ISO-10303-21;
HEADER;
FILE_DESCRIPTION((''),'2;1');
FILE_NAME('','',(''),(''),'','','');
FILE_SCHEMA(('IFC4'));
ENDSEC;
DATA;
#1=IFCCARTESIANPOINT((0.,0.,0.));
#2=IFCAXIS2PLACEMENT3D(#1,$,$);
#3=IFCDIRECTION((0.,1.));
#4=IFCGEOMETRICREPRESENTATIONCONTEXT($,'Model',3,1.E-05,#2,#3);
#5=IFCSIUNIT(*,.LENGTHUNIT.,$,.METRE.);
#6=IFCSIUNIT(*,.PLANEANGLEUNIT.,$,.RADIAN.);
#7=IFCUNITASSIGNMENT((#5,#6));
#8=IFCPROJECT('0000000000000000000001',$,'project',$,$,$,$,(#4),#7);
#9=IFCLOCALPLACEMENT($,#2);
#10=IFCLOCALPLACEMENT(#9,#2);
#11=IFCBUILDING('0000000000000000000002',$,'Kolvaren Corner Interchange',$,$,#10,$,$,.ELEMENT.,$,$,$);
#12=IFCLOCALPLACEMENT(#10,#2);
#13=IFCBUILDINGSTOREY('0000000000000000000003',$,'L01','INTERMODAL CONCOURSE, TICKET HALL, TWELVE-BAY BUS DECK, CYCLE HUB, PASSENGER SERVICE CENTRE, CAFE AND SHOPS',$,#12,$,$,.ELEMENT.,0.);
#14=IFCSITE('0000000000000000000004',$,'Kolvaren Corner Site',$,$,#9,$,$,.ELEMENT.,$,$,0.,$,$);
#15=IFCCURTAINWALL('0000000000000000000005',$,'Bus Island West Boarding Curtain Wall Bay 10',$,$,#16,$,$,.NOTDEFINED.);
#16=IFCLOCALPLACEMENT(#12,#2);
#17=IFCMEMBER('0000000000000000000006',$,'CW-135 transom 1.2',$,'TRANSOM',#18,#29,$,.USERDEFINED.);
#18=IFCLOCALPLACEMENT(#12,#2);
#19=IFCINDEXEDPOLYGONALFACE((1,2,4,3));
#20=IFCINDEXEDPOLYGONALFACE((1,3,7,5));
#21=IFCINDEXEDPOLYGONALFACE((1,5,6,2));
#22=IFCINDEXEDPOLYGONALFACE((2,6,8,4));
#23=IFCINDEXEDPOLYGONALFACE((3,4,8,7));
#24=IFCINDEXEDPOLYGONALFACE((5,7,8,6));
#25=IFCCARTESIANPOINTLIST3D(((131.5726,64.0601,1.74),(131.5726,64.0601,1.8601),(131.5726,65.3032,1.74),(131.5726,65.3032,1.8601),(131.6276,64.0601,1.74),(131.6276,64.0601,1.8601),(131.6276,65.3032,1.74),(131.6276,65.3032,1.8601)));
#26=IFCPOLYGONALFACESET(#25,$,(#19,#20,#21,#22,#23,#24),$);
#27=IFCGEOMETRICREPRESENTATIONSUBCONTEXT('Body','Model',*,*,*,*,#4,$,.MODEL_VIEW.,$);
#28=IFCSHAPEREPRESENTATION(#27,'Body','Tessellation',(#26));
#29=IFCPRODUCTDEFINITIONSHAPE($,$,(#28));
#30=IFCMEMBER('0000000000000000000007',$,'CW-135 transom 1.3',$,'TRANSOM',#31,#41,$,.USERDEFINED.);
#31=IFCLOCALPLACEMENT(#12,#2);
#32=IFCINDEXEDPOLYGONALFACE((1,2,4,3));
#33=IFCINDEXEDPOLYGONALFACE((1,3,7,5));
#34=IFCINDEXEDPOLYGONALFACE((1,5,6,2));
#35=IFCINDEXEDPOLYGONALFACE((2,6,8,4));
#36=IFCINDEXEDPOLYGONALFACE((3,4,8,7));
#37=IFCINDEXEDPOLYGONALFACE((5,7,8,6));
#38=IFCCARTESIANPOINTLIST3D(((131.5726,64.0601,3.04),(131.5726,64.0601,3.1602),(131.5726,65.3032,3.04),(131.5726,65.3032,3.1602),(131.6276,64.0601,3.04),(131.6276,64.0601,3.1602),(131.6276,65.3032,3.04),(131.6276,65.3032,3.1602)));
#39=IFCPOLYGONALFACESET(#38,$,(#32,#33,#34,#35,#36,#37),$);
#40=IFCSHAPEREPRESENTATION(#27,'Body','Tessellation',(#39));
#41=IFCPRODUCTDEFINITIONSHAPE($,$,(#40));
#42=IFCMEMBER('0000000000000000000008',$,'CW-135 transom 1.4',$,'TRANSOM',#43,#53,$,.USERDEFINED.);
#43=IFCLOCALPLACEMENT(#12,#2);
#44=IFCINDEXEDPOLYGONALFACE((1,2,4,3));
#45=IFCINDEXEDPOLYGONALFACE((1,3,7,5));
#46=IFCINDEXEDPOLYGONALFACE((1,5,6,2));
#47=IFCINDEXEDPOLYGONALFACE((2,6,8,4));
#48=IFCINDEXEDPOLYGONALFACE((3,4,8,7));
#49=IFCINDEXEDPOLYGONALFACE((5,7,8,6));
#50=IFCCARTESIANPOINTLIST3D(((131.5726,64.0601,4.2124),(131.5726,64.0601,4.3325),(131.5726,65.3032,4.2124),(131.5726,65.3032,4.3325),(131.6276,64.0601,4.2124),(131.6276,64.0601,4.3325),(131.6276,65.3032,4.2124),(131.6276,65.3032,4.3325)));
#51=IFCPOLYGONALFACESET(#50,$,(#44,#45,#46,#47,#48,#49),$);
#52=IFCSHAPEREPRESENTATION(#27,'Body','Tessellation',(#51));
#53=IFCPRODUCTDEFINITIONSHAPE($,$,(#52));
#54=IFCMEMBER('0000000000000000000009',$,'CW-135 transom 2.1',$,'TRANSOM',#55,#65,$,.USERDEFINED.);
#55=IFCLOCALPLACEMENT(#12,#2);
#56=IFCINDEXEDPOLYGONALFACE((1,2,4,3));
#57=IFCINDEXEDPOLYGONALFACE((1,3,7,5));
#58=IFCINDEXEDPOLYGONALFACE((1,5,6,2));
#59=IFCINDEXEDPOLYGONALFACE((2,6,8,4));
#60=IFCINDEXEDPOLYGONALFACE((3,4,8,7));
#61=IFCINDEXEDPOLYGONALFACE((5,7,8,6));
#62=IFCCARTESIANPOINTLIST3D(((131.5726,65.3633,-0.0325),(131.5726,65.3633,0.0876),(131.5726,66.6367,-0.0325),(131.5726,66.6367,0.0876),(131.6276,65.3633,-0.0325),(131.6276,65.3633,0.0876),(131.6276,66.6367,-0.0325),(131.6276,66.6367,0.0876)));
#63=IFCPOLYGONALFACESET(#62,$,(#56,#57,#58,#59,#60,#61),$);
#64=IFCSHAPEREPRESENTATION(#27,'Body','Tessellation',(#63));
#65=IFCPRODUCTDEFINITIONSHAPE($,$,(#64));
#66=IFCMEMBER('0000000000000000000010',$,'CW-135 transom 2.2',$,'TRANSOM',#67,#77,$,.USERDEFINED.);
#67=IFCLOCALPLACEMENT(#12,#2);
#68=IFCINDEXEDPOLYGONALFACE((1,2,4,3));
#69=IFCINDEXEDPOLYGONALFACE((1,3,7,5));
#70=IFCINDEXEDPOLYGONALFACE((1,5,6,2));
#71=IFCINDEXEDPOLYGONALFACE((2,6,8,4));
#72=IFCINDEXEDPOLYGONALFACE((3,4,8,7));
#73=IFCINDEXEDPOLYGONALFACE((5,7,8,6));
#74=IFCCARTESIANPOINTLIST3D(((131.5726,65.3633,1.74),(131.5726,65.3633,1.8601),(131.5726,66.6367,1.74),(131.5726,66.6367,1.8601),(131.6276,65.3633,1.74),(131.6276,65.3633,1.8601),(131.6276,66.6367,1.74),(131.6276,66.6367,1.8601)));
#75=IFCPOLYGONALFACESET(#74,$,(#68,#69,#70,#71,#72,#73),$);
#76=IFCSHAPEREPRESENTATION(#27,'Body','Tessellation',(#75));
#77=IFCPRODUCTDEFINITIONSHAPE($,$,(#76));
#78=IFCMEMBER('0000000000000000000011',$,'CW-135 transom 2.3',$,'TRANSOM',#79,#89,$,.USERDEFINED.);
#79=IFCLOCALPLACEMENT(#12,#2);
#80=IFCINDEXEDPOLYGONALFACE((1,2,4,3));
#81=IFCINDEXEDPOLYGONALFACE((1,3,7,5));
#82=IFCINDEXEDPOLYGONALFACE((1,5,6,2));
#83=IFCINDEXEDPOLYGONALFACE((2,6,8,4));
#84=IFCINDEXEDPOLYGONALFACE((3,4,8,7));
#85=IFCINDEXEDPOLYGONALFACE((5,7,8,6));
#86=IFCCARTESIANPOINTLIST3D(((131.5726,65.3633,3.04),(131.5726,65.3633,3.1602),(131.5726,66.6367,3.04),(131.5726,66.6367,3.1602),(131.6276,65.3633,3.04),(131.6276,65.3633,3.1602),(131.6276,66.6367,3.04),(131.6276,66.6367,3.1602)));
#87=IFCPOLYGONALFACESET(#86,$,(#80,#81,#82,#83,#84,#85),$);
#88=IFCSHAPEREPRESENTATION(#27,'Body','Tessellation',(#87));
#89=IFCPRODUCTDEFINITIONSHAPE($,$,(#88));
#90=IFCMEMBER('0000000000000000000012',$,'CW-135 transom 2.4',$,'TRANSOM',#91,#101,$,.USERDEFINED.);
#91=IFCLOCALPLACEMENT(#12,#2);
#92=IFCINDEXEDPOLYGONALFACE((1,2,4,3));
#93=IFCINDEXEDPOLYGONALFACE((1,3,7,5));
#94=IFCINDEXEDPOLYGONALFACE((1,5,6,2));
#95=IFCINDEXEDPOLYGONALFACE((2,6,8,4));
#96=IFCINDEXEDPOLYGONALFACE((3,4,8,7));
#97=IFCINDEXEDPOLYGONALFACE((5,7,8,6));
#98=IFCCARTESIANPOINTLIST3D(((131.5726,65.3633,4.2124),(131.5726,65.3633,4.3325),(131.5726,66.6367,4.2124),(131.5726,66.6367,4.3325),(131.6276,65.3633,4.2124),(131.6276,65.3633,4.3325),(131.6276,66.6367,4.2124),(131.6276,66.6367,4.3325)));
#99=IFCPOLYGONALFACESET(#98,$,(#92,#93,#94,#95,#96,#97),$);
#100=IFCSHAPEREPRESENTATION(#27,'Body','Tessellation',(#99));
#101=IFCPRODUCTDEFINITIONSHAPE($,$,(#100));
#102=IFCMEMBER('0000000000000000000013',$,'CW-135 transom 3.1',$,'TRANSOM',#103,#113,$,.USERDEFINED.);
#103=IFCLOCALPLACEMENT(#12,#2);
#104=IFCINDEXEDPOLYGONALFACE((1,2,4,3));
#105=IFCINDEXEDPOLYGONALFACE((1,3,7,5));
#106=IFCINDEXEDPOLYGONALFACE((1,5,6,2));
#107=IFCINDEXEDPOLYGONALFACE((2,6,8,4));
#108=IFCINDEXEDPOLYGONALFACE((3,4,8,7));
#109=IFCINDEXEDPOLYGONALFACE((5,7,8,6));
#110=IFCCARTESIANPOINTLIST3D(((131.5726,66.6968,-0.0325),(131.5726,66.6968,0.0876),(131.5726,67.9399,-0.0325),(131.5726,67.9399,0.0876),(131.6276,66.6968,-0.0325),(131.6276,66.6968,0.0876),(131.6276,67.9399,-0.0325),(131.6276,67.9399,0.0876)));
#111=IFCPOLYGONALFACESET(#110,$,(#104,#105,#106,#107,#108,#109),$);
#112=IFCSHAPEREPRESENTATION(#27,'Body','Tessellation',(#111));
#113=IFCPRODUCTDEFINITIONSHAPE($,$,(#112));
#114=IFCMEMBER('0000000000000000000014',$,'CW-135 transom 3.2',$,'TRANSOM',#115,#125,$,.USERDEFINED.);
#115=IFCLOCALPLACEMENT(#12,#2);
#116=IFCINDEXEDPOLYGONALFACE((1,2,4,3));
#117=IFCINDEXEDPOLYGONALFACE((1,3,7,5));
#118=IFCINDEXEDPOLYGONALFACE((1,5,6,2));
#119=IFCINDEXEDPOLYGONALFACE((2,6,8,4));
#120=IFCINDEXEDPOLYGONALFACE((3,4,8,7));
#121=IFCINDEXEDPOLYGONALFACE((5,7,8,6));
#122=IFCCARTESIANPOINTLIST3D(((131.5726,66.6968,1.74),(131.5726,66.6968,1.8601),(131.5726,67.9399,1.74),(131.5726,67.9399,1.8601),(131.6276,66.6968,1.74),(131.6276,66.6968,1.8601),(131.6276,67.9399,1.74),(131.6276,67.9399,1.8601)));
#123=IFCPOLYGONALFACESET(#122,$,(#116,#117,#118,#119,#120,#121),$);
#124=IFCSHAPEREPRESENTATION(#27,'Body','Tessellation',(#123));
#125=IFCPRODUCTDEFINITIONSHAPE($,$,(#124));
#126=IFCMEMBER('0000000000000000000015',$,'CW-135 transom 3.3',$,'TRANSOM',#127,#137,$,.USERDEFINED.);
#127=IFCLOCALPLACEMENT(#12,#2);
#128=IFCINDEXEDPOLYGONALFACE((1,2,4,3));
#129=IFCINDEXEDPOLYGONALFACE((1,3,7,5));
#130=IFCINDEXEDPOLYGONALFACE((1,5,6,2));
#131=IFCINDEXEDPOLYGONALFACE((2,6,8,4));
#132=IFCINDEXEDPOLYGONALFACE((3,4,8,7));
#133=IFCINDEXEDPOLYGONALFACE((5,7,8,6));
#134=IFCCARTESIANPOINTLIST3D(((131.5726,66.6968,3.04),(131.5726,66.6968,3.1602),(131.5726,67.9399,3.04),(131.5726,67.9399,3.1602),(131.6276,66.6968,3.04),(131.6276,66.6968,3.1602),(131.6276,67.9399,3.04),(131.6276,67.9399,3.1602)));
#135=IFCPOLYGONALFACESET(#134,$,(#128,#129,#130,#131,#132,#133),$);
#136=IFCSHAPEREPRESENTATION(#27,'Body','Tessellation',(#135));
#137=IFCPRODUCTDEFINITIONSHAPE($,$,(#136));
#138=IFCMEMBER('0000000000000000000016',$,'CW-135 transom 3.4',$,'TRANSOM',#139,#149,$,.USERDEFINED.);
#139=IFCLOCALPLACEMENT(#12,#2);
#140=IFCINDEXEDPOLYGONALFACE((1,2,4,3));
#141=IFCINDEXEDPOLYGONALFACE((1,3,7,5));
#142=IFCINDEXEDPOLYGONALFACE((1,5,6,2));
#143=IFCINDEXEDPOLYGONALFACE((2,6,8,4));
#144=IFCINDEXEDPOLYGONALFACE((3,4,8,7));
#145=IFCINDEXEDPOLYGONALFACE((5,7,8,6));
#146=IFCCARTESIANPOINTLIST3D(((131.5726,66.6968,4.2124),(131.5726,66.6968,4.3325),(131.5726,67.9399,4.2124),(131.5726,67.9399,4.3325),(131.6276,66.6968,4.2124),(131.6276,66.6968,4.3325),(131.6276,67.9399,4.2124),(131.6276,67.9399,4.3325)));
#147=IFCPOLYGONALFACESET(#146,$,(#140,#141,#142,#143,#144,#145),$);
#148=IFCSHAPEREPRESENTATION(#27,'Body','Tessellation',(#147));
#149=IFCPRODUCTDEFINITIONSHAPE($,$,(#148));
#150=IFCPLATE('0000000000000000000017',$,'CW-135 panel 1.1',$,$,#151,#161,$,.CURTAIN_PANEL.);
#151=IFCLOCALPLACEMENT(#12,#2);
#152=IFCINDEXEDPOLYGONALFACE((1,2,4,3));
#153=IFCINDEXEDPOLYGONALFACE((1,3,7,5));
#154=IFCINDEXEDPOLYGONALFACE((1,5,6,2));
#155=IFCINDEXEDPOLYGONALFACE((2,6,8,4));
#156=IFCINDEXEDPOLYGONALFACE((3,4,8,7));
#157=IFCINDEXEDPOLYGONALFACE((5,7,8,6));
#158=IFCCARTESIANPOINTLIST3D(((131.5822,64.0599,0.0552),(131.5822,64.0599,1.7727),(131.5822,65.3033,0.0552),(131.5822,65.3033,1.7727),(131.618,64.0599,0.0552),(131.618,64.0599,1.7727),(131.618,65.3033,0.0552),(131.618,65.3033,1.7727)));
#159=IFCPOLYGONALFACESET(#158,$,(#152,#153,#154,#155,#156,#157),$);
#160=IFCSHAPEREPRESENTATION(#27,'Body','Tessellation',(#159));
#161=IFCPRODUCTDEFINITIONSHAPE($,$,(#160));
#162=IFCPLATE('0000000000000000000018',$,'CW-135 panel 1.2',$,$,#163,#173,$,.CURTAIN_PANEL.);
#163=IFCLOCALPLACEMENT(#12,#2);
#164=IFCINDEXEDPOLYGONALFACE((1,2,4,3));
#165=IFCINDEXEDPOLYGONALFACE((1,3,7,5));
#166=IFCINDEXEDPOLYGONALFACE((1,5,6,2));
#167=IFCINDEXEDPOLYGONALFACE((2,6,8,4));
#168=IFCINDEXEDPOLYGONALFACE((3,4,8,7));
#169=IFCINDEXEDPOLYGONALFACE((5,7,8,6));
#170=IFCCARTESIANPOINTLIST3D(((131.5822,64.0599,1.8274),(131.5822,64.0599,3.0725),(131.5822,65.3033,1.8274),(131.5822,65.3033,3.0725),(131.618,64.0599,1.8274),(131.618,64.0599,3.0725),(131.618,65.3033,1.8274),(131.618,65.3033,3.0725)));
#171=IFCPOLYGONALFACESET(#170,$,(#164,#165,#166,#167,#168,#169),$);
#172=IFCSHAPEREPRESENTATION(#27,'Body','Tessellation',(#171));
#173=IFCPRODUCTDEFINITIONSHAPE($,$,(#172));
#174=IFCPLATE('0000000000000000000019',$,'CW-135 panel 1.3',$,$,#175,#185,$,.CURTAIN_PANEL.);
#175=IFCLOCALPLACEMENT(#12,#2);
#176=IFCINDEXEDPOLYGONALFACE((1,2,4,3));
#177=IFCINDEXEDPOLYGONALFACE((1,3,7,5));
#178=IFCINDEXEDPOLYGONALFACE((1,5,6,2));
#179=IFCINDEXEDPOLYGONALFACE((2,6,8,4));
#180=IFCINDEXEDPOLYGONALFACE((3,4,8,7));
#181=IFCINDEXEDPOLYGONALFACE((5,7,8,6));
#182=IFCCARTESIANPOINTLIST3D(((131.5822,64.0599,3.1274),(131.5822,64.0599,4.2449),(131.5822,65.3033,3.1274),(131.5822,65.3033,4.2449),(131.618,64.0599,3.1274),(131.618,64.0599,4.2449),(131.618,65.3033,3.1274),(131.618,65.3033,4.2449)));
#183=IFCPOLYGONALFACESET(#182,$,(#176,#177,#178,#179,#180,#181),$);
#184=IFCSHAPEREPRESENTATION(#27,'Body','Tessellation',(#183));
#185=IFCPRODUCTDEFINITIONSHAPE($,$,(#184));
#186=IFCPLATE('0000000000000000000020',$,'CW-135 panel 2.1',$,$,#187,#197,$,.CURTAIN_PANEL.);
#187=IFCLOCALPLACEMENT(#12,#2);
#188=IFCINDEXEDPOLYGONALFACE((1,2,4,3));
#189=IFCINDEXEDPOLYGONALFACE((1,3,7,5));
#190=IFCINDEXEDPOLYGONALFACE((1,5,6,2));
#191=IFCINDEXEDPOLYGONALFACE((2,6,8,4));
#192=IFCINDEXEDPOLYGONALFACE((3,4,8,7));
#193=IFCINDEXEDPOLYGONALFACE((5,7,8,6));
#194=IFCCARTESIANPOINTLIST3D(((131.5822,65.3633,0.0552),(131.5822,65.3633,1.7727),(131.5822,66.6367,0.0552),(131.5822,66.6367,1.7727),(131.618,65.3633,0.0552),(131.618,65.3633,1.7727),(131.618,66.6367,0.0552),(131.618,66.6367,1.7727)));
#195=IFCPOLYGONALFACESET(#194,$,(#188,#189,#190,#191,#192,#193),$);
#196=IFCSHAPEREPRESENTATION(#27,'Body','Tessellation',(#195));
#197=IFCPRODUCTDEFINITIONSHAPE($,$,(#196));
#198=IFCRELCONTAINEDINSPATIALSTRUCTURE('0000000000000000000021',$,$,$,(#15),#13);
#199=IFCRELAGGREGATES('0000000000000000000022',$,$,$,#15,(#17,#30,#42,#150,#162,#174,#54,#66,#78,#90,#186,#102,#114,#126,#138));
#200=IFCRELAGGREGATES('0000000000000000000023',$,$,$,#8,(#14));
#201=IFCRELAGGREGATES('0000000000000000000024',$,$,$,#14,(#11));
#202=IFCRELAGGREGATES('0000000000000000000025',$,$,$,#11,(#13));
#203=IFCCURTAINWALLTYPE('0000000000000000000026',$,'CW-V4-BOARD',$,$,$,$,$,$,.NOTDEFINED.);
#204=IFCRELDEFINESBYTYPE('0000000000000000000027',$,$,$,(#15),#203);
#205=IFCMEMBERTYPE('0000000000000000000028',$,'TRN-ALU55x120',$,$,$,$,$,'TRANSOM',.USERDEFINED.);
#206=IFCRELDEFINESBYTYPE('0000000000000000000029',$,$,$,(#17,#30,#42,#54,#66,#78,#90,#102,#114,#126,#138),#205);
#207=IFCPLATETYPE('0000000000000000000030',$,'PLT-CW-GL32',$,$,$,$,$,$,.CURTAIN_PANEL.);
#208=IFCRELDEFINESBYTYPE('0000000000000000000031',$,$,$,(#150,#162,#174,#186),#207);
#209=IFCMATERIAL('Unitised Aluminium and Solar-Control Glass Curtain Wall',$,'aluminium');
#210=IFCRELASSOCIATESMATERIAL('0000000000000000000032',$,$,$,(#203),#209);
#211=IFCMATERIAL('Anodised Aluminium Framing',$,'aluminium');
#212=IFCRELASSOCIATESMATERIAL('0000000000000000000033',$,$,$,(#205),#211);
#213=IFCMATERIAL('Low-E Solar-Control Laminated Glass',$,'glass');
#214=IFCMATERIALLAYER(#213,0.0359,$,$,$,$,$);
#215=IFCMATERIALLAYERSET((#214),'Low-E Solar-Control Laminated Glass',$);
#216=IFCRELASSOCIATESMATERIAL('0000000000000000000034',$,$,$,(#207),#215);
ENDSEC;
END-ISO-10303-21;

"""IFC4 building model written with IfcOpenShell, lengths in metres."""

from ifc_helpers import new_model, si_unit, direction, frame, origin, origin_2d, place, context, subcontext, project, spatial, rectangle, extrude, material, layer, layer_set, material_profile, profile_set, type_object, element, aggregate, save


model = new_model("IFC4")

# Units and contexts
model_context = context("Model", 3, precision=1e-05, world=origin(), true_north=direction((0.0, 1.0)))
body_context = subcontext(model_context, "Body", "Model", "MODEL_VIEW")
ifc_project = project(units=[si_unit("LENGTHUNIT", "METRE"), si_unit("PLANEANGLEUNIT", "RADIAN")], contexts=[model_context])

# Site, building, storey
site_placement = place(None, origin())
site = spatial("IfcSite", under=ifc_project, at=site_placement, Name="Kolvaren Corner Site", CompositionType="ELEMENT", RefElevation=0.0)
building_placement = place(site_placement, origin())
building = spatial("IfcBuilding", under=site, at=building_placement, Name="Kolvaren Corner Interchange", CompositionType="ELEMENT")
storey_placement = place(building_placement, origin())
storey = spatial("IfcBuildingStorey", under=building, at=storey_placement, Name="L01", Description="INTERMODAL CONCOURSE, TICKET HALL, TWELVE-BAY BUS DECK, CYCLE HUB, PASSENGER SERVICE CENTRE, CAFE AND SHOPS", CompositionType="ELEMENT", Elevation=0.0)

# Curtain wall, members, plates
ifc_material_1 = material(Name="Unitised Aluminium and Solar-Control Glass Curtain Wall", Category="aluminium")
curtain_wall_type = type_object("IfcCurtainWallType", Name="CW-V4-BOARD", PredefinedType="NOTDEFINED", material=ifc_material_1)
curtain_wall_placement = place(storey_placement, origin())
curtain_wall = element("IfcCurtainWall", 1, at=curtain_wall_placement, inside=storey, type_object=curtain_wall_type, Name="Bus Island West Boarding Curtain Wall Bay 10", PredefinedType="NOTDEFINED")
ifc_material_2 = material(Name="Anodised Aluminium Framing", Category="aluminium")
ifc_material_profile_1 = material_profile(ifc_material_2, rectangle(XDim=0.0549, YDim=0.1201, at=origin_2d()), Name="ALU 55x120")
ifc_profile_set_1 = profile_set([ifc_material_profile_1], Name="Anodised Aluminium Framing")
member_type_1 = type_object("IfcMemberType", Name="TRN-ALU55x120", ElementType="TRANSOM", PredefinedType="USERDEFINED", material=ifc_profile_set_1)
member_1_placement = place(storey_placement, frame((131.6001, 64.0601, 1.8), z_axis=(0.0, 1.0, 0.0), x_axis=(-1.0, 0.0, 0.0)))
member_1 = element("IfcMember", 2, at=member_1_placement, type_object=member_type_1, Name="CW-135 transom 1.2", ObjectType="TRANSOM", PredefinedType="USERDEFINED", context=body_context, shape_type="SweptSolid", body=[
    extrude(rectangle(XDim=0.0549, YDim=0.1201, at=origin_2d()), origin(), (0.0, 0.0, 1.0), 1.2432),
])
member_2_placement = place(storey_placement, frame((131.6001, 64.0601, 3.1001), z_axis=(0.0, 1.0, 0.0), x_axis=(-1.0, 0.0, 0.0)))
member_2 = element("IfcMember", 3, at=member_2_placement, type_object=member_type_1, Name="CW-135 transom 1.3", ObjectType="TRANSOM", PredefinedType="USERDEFINED", context=body_context, shape_type="SweptSolid", body=[
    extrude(rectangle(XDim=0.0549, YDim=0.1201, at=origin_2d()), origin(), (0.0, 0.0, 1.0), 1.2432),
])
member_3_placement = place(storey_placement, frame((131.6001, 64.0601, 4.2725), z_axis=(0.0, 1.0, 0.0), x_axis=(-1.0, 0.0, 0.0)))
member_3 = element("IfcMember", 4, at=member_3_placement, type_object=member_type_1, Name="CW-135 transom 1.4", ObjectType="TRANSOM", PredefinedType="USERDEFINED", context=body_context, shape_type="SweptSolid", body=[
    extrude(rectangle(XDim=0.0549, YDim=0.1201, at=origin_2d()), origin(), (0.0, 0.0, 1.0), 1.2432),
])
member_4_placement = place(storey_placement, frame((131.6001, 65.3633, 0.0276), z_axis=(0.0, 1.0, 0.0), x_axis=(-1.0, 0.0, 0.0)))
member_4 = element("IfcMember", 5, at=member_4_placement, type_object=member_type_1, Name="CW-135 transom 2.1", ObjectType="TRANSOM", PredefinedType="USERDEFINED", context=body_context, shape_type="SweptSolid", body=[
    extrude(rectangle(XDim=0.0549, YDim=0.1201, at=origin_2d()), origin(), (0.0, 0.0, 1.0), 1.2734),
])
member_5_placement = place(storey_placement, frame((131.6001, 65.3633, 1.8), z_axis=(0.0, 1.0, 0.0), x_axis=(-1.0, 0.0, 0.0)))
member_5 = element("IfcMember", 6, at=member_5_placement, type_object=member_type_1, Name="CW-135 transom 2.2", ObjectType="TRANSOM", PredefinedType="USERDEFINED", context=body_context, shape_type="SweptSolid", body=[
    extrude(rectangle(XDim=0.0549, YDim=0.1201, at=origin_2d()), origin(), (0.0, 0.0, 1.0), 1.2734),
])
member_6_placement = place(storey_placement, frame((131.6001, 65.3633, 3.1001), z_axis=(0.0, 1.0, 0.0), x_axis=(-1.0, 0.0, 0.0)))
member_6 = element("IfcMember", 7, at=member_6_placement, type_object=member_type_1, Name="CW-135 transom 2.3", ObjectType="TRANSOM", PredefinedType="USERDEFINED", context=body_context, shape_type="SweptSolid", body=[
    extrude(rectangle(XDim=0.0549, YDim=0.1201, at=origin_2d()), origin(), (0.0, 0.0, 1.0), 1.2734),
])
member_7_placement = place(storey_placement, frame((131.6001, 65.3633, 4.2725), z_axis=(0.0, 1.0, 0.0), x_axis=(-1.0, 0.0, 0.0)))
member_7 = element("IfcMember", 8, at=member_7_placement, type_object=member_type_1, Name="CW-135 transom 2.4", ObjectType="TRANSOM", PredefinedType="USERDEFINED", context=body_context, shape_type="SweptSolid", body=[
    extrude(rectangle(XDim=0.0549, YDim=0.1201, at=origin_2d()), origin(), (0.0, 0.0, 1.0), 1.2734),
])
member_8_placement = place(storey_placement, frame((131.6001, 66.6968, 0.0276), z_axis=(0.0, 1.0, 0.0), x_axis=(-1.0, 0.0, 0.0)))
member_8 = element("IfcMember", 9, at=member_8_placement, type_object=member_type_1, Name="CW-135 transom 3.1", ObjectType="TRANSOM", PredefinedType="USERDEFINED", context=body_context, shape_type="SweptSolid", body=[
    extrude(rectangle(XDim=0.0549, YDim=0.1201, at=origin_2d()), origin(), (0.0, 0.0, 1.0), 1.2432),
])
member_9_placement = place(storey_placement, frame((131.6001, 66.6968, 1.8), z_axis=(0.0, 1.0, 0.0), x_axis=(-1.0, 0.0, 0.0)))
member_9 = element("IfcMember", 10, at=member_9_placement, type_object=member_type_1, Name="CW-135 transom 3.2", ObjectType="TRANSOM", PredefinedType="USERDEFINED", context=body_context, shape_type="SweptSolid", body=[
    extrude(rectangle(XDim=0.0549, YDim=0.1201, at=origin_2d()), origin(), (0.0, 0.0, 1.0), 1.2432),
])
member_10_placement = place(storey_placement, frame((131.6001, 66.6968, 3.1001), z_axis=(0.0, 1.0, 0.0), x_axis=(-1.0, 0.0, 0.0)))
member_10 = element("IfcMember", 11, at=member_10_placement, type_object=member_type_1, Name="CW-135 transom 3.3", ObjectType="TRANSOM", PredefinedType="USERDEFINED", context=body_context, shape_type="SweptSolid", body=[
    extrude(rectangle(XDim=0.0549, YDim=0.1201, at=origin_2d()), origin(), (0.0, 0.0, 1.0), 1.2432),
])
member_11_placement = place(storey_placement, frame((131.6001, 66.6968, 4.2725), z_axis=(0.0, 1.0, 0.0), x_axis=(-1.0, 0.0, 0.0)))
member_11 = element("IfcMember", 12, at=member_11_placement, type_object=member_type_1, Name="CW-135 transom 3.4", ObjectType="TRANSOM", PredefinedType="USERDEFINED", context=body_context, shape_type="SweptSolid", body=[
    extrude(rectangle(XDim=0.0549, YDim=0.1201, at=origin_2d()), origin(), (0.0, 0.0, 1.0), 1.2432),
])
ifc_material_3 = material(Name="Low-E Solar-Control Laminated Glass", Category="glass")
ifc_layer_1 = layer(ifc_material_3, 0.0359)
ifc_layer_set_1 = layer_set([ifc_layer_1], Name="Low-E Solar-Control Laminated Glass")
plate_type = type_object("IfcPlateType", Name="PLT-CW-GL32", PredefinedType="CURTAIN_PANEL", material=ifc_layer_set_1)
plate_1_placement = place(storey_placement, frame((131.6001, 64.6816, 0.0552), z_axis=(0.0, 0.0, 1.0), x_axis=(0.0, 1.0, 0.0)))
plate_1 = element("IfcPlate", 13, at=plate_1_placement, type_object=plate_type, Name="CW-135 panel 1.1", PredefinedType="CURTAIN_PANEL", context=body_context, shape_type="SweptSolid", body=[
    extrude(rectangle(XDim=1.2434, YDim=0.0359, at=origin_2d()), origin(), (0.0, 0.0, 1.0), 1.7175),
])
plate_2_placement = place(storey_placement, frame((131.6001, 64.6816, 1.8274), z_axis=(0.0, 0.0, 1.0), x_axis=(0.0, 1.0, 0.0)))
plate_2 = element("IfcPlate", 14, at=plate_2_placement, type_object=plate_type, Name="CW-135 panel 1.2", PredefinedType="CURTAIN_PANEL", context=body_context, shape_type="SweptSolid", body=[
    extrude(rectangle(XDim=1.2434, YDim=0.0359, at=origin_2d()), origin(), (0.0, 0.0, 1.0), 1.2451),
])
plate_3_placement = place(storey_placement, frame((131.6001, 64.6816, 3.1274), z_axis=(0.0, 0.0, 1.0), x_axis=(0.0, 1.0, 0.0)))
plate_3 = element("IfcPlate", 15, at=plate_3_placement, type_object=plate_type, Name="CW-135 panel 1.3", PredefinedType="CURTAIN_PANEL", context=body_context, shape_type="SweptSolid", body=[
    extrude(rectangle(XDim=1.2434, YDim=0.0359, at=origin_2d()), origin(), (0.0, 0.0, 1.0), 1.1174),
])
plate_4_placement = place(storey_placement, frame((131.6001, 66.0, 0.0552), z_axis=(0.0, 0.0, 1.0), x_axis=(0.0, 1.0, 0.0)))
plate_4 = element("IfcPlate", 16, at=plate_4_placement, type_object=plate_type, Name="CW-135 panel 2.1", PredefinedType="CURTAIN_PANEL", context=body_context, shape_type="SweptSolid", body=[
    extrude(rectangle(XDim=1.2734, YDim=0.0359, at=origin_2d()), origin(), (0.0, 0.0, 1.0), 1.7175),
])
aggregate(curtain_wall, [member_1, member_2, member_3, plate_1, plate_2, plate_3, member_4, member_5, member_6, member_7, plate_4, member_8, member_9, member_10, member_11])

save(model, "model.ifc")
